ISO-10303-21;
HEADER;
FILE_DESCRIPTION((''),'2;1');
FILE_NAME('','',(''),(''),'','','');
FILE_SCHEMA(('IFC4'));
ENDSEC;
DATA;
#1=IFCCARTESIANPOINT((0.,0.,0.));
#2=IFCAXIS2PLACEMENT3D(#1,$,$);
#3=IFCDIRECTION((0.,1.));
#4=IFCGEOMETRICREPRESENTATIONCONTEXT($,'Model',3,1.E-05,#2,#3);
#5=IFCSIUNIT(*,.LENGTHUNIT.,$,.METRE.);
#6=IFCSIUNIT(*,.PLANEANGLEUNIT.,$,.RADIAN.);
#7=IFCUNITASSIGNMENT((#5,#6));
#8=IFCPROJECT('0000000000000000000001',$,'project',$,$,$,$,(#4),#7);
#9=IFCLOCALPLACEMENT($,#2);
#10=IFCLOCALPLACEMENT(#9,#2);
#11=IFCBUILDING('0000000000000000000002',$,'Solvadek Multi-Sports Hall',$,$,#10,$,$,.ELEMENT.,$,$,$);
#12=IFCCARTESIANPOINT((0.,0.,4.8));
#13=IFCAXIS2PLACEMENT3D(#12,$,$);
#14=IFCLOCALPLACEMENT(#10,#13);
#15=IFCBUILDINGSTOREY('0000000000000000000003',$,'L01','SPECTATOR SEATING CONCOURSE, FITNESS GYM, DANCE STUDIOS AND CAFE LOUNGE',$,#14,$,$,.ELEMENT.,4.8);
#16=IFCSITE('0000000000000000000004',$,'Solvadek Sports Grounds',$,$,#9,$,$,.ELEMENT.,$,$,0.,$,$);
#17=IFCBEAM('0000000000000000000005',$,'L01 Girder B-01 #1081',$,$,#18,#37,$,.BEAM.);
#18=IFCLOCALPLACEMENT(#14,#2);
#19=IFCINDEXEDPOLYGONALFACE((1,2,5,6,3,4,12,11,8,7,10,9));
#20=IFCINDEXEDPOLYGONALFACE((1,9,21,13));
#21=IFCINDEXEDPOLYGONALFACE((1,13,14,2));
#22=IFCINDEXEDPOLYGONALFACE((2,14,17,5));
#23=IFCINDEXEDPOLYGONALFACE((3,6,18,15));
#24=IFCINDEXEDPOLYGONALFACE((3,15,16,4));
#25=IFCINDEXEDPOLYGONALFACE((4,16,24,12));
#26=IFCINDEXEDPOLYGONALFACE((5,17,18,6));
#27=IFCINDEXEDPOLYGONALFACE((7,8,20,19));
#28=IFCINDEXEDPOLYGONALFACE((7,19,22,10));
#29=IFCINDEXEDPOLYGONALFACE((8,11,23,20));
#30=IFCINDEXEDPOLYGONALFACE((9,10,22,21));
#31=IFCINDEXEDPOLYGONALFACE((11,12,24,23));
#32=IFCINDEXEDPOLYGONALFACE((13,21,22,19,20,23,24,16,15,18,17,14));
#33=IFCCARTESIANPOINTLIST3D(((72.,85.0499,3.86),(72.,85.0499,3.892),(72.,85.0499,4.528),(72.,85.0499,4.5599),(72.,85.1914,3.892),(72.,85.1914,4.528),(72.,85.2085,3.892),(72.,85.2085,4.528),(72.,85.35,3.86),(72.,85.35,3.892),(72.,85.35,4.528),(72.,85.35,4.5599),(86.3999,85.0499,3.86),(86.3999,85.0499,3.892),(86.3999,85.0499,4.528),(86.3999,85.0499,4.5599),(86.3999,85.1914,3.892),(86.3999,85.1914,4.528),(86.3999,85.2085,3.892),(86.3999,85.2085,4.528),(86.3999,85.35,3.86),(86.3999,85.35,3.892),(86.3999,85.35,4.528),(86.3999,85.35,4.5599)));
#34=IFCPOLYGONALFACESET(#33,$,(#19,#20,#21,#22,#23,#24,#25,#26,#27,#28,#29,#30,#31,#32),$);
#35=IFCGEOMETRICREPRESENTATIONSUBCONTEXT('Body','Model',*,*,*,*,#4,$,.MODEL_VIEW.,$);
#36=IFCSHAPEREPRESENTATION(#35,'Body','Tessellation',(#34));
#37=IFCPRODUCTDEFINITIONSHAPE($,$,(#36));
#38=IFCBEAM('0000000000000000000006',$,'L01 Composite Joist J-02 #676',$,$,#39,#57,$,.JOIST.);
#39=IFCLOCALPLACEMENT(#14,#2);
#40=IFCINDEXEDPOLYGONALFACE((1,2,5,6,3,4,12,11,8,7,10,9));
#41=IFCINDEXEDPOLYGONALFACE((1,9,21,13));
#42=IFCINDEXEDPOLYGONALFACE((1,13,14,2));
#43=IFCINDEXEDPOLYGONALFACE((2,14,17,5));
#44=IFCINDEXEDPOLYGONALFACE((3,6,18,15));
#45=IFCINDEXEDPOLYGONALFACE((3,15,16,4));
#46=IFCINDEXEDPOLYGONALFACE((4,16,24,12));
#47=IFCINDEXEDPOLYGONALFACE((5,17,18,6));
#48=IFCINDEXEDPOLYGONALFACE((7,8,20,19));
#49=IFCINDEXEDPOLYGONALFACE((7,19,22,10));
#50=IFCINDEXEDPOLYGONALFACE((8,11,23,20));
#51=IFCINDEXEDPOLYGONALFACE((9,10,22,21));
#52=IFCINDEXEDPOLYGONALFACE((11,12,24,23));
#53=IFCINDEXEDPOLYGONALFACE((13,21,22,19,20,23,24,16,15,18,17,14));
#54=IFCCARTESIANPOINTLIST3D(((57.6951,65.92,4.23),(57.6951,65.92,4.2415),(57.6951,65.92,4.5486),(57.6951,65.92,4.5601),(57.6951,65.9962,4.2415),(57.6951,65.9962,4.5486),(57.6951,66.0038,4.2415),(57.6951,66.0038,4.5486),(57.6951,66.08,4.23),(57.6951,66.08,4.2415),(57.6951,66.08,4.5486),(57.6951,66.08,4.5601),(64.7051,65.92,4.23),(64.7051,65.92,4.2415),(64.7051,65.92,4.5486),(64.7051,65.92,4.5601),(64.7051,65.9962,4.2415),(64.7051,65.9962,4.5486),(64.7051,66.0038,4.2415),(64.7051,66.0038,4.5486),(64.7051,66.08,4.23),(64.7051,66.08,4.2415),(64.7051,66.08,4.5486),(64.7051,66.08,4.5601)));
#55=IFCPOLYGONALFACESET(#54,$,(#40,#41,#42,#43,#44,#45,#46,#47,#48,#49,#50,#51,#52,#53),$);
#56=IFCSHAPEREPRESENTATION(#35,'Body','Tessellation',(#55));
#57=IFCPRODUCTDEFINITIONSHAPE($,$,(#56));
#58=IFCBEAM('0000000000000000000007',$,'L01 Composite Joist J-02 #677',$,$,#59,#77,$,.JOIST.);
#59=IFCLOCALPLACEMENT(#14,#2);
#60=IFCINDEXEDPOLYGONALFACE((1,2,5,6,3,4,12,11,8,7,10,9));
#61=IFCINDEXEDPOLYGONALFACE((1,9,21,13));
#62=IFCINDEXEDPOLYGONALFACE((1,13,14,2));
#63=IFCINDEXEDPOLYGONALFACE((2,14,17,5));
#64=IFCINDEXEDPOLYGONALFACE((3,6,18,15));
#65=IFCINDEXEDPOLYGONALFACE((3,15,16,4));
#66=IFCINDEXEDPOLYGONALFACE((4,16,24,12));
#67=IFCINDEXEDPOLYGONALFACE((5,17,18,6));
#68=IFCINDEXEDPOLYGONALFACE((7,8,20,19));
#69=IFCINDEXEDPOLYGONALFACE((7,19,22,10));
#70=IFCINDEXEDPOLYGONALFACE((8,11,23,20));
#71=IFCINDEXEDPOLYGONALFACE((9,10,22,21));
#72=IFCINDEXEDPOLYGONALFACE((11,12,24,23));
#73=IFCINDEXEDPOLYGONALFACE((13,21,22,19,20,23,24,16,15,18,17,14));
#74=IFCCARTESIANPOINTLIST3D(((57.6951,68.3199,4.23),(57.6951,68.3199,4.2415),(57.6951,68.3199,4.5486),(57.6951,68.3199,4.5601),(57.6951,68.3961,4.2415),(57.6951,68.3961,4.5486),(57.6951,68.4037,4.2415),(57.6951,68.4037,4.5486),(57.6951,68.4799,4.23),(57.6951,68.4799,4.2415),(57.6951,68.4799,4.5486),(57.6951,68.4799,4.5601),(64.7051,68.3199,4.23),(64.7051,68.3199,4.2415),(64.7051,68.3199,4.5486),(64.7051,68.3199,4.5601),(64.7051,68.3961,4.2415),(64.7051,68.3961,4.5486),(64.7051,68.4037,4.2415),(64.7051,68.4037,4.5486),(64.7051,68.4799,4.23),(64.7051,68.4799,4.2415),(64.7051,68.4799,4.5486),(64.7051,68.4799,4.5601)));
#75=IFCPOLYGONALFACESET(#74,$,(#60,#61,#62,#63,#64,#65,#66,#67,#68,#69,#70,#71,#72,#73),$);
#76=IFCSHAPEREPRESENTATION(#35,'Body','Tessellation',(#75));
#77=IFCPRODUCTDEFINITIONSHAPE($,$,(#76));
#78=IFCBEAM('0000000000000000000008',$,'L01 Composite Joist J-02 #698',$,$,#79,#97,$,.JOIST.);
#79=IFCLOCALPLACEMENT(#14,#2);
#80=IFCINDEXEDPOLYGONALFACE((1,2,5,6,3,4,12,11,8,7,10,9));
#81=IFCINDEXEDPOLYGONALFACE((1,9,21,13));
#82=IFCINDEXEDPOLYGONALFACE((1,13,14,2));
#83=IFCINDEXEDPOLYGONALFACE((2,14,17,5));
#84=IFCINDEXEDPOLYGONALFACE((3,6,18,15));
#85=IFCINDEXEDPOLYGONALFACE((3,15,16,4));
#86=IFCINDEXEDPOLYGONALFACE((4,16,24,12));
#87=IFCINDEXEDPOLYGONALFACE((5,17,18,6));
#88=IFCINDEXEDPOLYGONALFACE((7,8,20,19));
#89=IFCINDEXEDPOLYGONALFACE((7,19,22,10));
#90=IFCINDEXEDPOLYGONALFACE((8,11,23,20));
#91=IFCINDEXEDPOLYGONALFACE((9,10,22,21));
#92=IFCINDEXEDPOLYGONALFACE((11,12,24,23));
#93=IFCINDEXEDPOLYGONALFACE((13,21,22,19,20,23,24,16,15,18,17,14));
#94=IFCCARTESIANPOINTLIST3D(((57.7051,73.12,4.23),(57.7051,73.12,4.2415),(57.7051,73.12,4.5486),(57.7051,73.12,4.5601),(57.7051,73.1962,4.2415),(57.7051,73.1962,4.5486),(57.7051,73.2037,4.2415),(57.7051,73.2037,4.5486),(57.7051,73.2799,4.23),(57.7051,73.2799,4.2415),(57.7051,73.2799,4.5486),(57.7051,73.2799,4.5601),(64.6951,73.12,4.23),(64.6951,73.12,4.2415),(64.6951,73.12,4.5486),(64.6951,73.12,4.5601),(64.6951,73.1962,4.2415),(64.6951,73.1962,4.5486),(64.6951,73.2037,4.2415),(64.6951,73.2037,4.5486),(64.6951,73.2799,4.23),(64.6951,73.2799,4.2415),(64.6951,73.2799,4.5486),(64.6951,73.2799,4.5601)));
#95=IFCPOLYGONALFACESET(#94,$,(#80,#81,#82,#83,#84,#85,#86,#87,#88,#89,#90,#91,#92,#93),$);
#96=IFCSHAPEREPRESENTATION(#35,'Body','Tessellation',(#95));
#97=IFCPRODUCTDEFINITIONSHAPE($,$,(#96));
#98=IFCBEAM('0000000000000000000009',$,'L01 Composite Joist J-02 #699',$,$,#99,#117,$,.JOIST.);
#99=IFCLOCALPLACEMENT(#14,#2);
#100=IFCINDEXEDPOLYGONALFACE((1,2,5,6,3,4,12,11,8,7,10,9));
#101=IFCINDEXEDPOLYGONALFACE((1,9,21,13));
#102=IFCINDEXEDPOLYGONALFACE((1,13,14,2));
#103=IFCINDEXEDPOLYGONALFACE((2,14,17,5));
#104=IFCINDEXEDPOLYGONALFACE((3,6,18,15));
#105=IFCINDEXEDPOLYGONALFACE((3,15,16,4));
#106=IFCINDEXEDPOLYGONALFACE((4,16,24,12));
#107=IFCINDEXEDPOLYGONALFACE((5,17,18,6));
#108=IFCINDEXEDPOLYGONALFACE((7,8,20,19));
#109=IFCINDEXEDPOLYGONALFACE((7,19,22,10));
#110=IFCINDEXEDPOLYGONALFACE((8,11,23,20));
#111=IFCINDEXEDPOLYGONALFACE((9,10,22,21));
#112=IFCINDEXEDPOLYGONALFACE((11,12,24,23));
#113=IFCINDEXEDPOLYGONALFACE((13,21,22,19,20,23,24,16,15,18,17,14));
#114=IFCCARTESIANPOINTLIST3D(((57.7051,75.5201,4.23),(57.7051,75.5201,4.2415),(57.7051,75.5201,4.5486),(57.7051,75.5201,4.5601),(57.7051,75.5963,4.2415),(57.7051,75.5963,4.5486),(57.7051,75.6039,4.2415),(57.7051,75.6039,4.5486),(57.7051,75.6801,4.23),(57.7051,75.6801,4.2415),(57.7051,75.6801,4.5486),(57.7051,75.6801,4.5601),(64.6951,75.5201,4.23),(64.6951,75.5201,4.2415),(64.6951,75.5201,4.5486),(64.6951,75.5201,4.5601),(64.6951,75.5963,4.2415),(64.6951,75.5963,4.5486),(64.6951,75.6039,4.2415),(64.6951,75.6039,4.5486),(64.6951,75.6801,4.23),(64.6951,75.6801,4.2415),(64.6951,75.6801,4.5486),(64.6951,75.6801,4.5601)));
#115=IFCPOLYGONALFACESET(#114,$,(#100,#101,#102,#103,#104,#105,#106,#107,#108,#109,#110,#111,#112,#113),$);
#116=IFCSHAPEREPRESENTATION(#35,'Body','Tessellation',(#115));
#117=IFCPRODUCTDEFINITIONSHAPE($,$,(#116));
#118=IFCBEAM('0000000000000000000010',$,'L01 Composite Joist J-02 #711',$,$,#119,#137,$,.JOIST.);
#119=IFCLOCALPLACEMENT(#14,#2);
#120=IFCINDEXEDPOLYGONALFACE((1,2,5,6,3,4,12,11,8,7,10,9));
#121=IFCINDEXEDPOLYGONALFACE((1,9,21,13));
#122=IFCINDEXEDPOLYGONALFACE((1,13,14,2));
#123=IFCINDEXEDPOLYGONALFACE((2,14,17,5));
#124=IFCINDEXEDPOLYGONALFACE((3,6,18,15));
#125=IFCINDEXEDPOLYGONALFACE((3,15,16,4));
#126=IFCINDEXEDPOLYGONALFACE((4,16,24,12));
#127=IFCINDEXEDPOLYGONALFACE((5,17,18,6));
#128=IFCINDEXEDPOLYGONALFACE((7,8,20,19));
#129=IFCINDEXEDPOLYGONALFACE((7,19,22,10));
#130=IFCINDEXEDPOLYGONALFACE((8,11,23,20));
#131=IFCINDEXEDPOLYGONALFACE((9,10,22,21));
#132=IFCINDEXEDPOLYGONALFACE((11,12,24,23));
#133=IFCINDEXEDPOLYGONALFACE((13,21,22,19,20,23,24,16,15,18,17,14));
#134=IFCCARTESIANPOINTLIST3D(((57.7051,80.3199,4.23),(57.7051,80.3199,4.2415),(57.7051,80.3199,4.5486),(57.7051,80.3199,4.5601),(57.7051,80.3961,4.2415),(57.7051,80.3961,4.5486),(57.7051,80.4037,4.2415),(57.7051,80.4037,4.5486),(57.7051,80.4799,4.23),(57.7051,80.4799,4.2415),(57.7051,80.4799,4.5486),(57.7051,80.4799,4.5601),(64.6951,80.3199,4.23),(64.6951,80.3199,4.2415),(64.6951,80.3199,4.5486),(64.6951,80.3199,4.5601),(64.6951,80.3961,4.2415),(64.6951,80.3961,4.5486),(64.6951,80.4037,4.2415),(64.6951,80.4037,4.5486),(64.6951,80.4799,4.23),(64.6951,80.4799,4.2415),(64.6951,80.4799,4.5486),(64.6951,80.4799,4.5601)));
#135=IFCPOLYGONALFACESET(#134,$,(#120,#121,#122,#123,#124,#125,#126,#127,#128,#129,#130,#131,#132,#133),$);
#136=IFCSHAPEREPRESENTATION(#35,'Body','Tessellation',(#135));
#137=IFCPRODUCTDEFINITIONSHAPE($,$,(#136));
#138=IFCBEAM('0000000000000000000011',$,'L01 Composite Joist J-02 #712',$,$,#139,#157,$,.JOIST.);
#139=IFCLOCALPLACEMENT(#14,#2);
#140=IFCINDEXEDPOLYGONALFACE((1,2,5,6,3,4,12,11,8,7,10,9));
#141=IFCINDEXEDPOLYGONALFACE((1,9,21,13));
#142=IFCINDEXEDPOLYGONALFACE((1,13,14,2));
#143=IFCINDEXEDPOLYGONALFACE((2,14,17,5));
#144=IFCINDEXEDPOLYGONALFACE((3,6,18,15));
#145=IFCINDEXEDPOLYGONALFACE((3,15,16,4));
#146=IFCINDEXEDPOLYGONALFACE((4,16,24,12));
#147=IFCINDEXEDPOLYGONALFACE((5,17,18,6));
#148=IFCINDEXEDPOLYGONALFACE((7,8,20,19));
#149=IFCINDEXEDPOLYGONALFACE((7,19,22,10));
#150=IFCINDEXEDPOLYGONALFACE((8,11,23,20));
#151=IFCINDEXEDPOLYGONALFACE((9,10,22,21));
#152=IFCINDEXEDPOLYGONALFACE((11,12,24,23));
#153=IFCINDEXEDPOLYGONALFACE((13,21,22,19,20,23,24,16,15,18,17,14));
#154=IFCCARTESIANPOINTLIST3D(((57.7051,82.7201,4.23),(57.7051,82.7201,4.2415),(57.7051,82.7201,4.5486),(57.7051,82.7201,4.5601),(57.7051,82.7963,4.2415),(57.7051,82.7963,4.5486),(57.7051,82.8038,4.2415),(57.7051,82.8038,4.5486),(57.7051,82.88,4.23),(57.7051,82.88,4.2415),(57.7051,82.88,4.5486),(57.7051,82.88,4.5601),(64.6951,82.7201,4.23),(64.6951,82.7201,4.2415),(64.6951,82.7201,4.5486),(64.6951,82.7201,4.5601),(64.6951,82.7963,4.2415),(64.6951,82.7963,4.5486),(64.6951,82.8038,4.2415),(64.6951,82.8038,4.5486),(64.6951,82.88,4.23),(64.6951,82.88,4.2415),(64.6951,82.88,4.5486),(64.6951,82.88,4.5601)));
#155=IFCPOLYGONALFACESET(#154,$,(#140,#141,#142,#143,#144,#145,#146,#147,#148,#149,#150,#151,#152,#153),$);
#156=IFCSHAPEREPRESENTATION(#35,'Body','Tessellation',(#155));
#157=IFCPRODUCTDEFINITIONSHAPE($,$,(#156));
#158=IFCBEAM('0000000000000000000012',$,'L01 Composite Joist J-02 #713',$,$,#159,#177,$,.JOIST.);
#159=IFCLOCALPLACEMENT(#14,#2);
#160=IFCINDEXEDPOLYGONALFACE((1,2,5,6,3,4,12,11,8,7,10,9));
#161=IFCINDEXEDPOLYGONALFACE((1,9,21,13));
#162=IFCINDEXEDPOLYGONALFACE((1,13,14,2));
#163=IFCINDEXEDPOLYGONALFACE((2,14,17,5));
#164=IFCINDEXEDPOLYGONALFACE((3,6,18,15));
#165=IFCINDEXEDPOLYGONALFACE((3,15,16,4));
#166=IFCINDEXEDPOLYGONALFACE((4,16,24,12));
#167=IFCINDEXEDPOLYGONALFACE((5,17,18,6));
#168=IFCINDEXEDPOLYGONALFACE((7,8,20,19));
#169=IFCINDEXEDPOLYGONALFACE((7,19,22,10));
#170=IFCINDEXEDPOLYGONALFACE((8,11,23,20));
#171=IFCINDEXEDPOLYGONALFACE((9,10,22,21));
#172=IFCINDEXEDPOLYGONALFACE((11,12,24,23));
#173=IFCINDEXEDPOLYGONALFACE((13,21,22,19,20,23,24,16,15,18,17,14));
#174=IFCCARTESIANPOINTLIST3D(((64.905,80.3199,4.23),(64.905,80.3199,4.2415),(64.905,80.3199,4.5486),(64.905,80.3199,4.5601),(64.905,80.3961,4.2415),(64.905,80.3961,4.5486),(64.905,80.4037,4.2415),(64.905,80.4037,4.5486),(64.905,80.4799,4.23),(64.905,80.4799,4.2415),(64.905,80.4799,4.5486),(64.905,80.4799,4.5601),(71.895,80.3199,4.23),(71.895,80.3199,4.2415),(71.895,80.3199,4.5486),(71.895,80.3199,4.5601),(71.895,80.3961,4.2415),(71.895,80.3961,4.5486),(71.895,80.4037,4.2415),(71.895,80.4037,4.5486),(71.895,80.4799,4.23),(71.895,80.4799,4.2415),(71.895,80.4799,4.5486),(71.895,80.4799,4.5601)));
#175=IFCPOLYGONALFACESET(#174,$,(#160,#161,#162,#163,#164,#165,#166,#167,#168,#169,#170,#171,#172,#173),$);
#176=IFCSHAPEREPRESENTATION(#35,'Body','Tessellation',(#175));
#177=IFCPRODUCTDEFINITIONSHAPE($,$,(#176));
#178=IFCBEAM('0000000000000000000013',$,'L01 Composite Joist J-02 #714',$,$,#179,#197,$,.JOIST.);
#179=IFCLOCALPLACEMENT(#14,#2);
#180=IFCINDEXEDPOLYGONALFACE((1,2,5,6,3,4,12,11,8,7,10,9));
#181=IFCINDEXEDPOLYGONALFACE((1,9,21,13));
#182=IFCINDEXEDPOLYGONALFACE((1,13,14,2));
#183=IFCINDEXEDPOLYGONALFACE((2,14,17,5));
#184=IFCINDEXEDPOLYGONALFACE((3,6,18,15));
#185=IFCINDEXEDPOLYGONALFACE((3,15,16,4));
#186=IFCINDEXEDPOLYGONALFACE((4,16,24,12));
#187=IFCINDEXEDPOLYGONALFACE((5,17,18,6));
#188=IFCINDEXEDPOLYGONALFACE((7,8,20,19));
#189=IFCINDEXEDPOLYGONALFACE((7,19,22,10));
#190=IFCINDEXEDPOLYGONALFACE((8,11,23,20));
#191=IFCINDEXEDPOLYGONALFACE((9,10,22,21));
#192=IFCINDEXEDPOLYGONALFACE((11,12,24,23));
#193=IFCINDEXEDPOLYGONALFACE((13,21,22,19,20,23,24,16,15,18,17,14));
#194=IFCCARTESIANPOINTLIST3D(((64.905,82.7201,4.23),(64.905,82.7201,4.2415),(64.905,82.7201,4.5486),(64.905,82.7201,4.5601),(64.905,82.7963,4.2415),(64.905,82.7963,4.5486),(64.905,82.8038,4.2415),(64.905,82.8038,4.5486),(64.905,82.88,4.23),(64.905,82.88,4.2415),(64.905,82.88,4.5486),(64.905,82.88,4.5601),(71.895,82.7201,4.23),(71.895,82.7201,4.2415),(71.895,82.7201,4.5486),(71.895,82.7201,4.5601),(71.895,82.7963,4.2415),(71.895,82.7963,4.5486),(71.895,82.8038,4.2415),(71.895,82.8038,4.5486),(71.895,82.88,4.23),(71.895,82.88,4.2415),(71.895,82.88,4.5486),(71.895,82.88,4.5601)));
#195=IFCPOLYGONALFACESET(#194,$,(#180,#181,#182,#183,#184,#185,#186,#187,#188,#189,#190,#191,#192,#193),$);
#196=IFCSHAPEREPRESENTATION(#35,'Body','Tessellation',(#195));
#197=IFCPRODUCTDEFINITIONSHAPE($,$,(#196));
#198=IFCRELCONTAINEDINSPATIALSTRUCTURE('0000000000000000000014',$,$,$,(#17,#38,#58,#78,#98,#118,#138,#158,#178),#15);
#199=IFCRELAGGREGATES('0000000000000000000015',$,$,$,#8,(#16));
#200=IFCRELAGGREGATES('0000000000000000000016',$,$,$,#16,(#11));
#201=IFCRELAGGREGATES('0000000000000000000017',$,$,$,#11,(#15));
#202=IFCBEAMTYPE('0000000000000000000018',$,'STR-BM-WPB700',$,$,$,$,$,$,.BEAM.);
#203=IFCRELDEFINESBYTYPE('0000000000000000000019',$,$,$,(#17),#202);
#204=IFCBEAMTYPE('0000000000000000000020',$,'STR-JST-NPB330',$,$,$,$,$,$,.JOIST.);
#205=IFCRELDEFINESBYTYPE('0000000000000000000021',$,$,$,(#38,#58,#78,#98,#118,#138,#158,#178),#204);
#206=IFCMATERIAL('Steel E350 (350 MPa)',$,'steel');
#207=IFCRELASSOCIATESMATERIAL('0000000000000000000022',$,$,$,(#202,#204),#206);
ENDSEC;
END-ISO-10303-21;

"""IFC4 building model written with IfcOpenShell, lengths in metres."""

from ifc_helpers import new_model, si_unit, direction, frame, origin, origin_2d, place, context, subcontext, project, spatial, i_section, extrude, material, material_profile, profile_set, type_object, element, save


model = new_model("IFC4")

# Units and contexts
model_context = context("Model", 3, precision=1e-05, world=origin(), true_north=direction((0.0, 1.0)))
body_context = subcontext(model_context, "Body", "Model", "MODEL_VIEW")
ifc_project = project(units=[si_unit("LENGTHUNIT", "METRE"), si_unit("PLANEANGLEUNIT", "RADIAN")], contexts=[model_context])

# Site, building, storey
site_placement = place(None, origin())
site = spatial("IfcSite", under=ifc_project, at=site_placement, Name="Solvadek Sports Grounds", CompositionType="ELEMENT", RefElevation=0.0)
building_placement = place(site_placement, origin())
building = spatial("IfcBuilding", under=site, at=building_placement, Name="Solvadek Multi-Sports Hall", CompositionType="ELEMENT")
storey_placement = place(building_placement, frame((0.0, 0.0, 4.8)))
storey = spatial("IfcBuildingStorey", under=building, at=storey_placement, Name="L01", Description="SPECTATOR SEATING CONCOURSE, FITNESS GYM, DANCE STUDIOS AND CAFE LOUNGE", CompositionType="ELEMENT", Elevation=4.8)

# Shared definitions
ifc_material_1 = material(Name="Steel E350 (350 MPa)", Category="steel")

# Beams
ifc_material_profile_1 = material_profile(ifc_material_1, i_section(OverallWidth=0.3, OverallDepth=0.7, WebThickness=0.0171, FlangeThickness=0.032, at=origin_2d()), Name="WPB 700")
ifc_profile_set_1 = profile_set([ifc_material_profile_1], Name="Steel E350 (350 MPa)")
beam_type_1 = type_object("IfcBeamType", Name="STR-BM-WPB700", PredefinedType="BEAM", material=ifc_profile_set_1)
for number, where, z_axis, x_axis, name in (
    (1, (72.0, 85.2, 4.21), (1.0, 0.0, 0.0), (0.0, 1.0, 0.0), "L01 Girder B-01 #1081"),
):
    element("IfcBeam", number, at=place(storey_placement, frame(where, z_axis=z_axis, x_axis=x_axis)), inside=storey, type_object=beam_type_1, Name=name, PredefinedType="BEAM", context=body_context, shape_type="SweptSolid", body=[
        extrude(i_section(OverallWidth=0.3, OverallDepth=0.7, WebThickness=0.0171, FlangeThickness=0.032, at=origin_2d()), origin(), (0.0, 0.0, 1.0), 14.3999),
    ])
ifc_material_profile_2 = material_profile(ifc_material_1, i_section(OverallWidth=0.1599, OverallDepth=0.3301, WebThickness=0.0076, FlangeThickness=0.0115, at=origin_2d()), Name="NPB 330")
ifc_profile_set_2 = profile_set([ifc_material_profile_2], Name="Steel E350 (350 MPa)")
beam_type_2 = type_object("IfcBeamType", Name="STR-JST-NPB330", PredefinedType="JOIST", material=ifc_profile_set_2)
for number, where, z_axis, x_axis, name in (
    (2, (57.6951, 66.0, 4.395), (1.0, 0.0, 0.0), (0.0, 1.0, 0.0), "L01 Composite Joist J-02 #676"),
    (3, (57.6951, 68.3999, 4.395), (1.0, 0.0, 0.0), (0.0, 1.0, 0.0), "L01 Composite Joist J-02 #677"),
):
    element("IfcBeam", number, at=place(storey_placement, frame(where, z_axis=z_axis, x_axis=x_axis)), inside=storey, type_object=beam_type_2, Name=name, PredefinedType="JOIST", context=body_context, shape_type="SweptSolid", body=[
        extrude(i_section(OverallWidth=0.1599, OverallDepth=0.3301, WebThickness=0.0076, FlangeThickness=0.0115, at=origin_2d()), origin(), (0.0, 0.0, 1.0), 7.01),
    ])
for number, where, z_axis, x_axis, name in (
    (4, (57.7051, 73.2, 4.395), (1.0, 0.0, 0.0), (0.0, 1.0, 0.0), "L01 Composite Joist J-02 #698"),
    (5, (57.7051, 75.6001, 4.395), (1.0, 0.0, 0.0), (0.0, 1.0, 0.0), "L01 Composite Joist J-02 #699"),
    (6, (57.7051, 80.3999, 4.395), (1.0, 0.0, 0.0), (0.0, 1.0, 0.0), "L01 Composite Joist J-02 #711"),
    (7, (57.7051, 82.8, 4.395), (1.0, 0.0, 0.0), (0.0, 1.0, 0.0), "L01 Composite Joist J-02 #712"),
    (8, (64.905, 80.3999, 4.395), (1.0, 0.0, 0.0), (0.0, 1.0, 0.0), "L01 Composite Joist J-02 #713"),
    (9, (64.905, 82.8, 4.395), (1.0, 0.0, 0.0), (0.0, 1.0, 0.0), "L01 Composite Joist J-02 #714"),
):
    element("IfcBeam", number, at=place(storey_placement, frame(where, z_axis=z_axis, x_axis=x_axis)), inside=storey, type_object=beam_type_2, Name=name, PredefinedType="JOIST", context=body_context, shape_type="SweptSolid", body=[
        extrude(i_section(OverallWidth=0.1599, OverallDepth=0.3301, WebThickness=0.0076, FlangeThickness=0.0115, at=origin_2d()), origin(), (0.0, 0.0, 1.0), 6.99),
    ])

save(model, "model.ifc")
